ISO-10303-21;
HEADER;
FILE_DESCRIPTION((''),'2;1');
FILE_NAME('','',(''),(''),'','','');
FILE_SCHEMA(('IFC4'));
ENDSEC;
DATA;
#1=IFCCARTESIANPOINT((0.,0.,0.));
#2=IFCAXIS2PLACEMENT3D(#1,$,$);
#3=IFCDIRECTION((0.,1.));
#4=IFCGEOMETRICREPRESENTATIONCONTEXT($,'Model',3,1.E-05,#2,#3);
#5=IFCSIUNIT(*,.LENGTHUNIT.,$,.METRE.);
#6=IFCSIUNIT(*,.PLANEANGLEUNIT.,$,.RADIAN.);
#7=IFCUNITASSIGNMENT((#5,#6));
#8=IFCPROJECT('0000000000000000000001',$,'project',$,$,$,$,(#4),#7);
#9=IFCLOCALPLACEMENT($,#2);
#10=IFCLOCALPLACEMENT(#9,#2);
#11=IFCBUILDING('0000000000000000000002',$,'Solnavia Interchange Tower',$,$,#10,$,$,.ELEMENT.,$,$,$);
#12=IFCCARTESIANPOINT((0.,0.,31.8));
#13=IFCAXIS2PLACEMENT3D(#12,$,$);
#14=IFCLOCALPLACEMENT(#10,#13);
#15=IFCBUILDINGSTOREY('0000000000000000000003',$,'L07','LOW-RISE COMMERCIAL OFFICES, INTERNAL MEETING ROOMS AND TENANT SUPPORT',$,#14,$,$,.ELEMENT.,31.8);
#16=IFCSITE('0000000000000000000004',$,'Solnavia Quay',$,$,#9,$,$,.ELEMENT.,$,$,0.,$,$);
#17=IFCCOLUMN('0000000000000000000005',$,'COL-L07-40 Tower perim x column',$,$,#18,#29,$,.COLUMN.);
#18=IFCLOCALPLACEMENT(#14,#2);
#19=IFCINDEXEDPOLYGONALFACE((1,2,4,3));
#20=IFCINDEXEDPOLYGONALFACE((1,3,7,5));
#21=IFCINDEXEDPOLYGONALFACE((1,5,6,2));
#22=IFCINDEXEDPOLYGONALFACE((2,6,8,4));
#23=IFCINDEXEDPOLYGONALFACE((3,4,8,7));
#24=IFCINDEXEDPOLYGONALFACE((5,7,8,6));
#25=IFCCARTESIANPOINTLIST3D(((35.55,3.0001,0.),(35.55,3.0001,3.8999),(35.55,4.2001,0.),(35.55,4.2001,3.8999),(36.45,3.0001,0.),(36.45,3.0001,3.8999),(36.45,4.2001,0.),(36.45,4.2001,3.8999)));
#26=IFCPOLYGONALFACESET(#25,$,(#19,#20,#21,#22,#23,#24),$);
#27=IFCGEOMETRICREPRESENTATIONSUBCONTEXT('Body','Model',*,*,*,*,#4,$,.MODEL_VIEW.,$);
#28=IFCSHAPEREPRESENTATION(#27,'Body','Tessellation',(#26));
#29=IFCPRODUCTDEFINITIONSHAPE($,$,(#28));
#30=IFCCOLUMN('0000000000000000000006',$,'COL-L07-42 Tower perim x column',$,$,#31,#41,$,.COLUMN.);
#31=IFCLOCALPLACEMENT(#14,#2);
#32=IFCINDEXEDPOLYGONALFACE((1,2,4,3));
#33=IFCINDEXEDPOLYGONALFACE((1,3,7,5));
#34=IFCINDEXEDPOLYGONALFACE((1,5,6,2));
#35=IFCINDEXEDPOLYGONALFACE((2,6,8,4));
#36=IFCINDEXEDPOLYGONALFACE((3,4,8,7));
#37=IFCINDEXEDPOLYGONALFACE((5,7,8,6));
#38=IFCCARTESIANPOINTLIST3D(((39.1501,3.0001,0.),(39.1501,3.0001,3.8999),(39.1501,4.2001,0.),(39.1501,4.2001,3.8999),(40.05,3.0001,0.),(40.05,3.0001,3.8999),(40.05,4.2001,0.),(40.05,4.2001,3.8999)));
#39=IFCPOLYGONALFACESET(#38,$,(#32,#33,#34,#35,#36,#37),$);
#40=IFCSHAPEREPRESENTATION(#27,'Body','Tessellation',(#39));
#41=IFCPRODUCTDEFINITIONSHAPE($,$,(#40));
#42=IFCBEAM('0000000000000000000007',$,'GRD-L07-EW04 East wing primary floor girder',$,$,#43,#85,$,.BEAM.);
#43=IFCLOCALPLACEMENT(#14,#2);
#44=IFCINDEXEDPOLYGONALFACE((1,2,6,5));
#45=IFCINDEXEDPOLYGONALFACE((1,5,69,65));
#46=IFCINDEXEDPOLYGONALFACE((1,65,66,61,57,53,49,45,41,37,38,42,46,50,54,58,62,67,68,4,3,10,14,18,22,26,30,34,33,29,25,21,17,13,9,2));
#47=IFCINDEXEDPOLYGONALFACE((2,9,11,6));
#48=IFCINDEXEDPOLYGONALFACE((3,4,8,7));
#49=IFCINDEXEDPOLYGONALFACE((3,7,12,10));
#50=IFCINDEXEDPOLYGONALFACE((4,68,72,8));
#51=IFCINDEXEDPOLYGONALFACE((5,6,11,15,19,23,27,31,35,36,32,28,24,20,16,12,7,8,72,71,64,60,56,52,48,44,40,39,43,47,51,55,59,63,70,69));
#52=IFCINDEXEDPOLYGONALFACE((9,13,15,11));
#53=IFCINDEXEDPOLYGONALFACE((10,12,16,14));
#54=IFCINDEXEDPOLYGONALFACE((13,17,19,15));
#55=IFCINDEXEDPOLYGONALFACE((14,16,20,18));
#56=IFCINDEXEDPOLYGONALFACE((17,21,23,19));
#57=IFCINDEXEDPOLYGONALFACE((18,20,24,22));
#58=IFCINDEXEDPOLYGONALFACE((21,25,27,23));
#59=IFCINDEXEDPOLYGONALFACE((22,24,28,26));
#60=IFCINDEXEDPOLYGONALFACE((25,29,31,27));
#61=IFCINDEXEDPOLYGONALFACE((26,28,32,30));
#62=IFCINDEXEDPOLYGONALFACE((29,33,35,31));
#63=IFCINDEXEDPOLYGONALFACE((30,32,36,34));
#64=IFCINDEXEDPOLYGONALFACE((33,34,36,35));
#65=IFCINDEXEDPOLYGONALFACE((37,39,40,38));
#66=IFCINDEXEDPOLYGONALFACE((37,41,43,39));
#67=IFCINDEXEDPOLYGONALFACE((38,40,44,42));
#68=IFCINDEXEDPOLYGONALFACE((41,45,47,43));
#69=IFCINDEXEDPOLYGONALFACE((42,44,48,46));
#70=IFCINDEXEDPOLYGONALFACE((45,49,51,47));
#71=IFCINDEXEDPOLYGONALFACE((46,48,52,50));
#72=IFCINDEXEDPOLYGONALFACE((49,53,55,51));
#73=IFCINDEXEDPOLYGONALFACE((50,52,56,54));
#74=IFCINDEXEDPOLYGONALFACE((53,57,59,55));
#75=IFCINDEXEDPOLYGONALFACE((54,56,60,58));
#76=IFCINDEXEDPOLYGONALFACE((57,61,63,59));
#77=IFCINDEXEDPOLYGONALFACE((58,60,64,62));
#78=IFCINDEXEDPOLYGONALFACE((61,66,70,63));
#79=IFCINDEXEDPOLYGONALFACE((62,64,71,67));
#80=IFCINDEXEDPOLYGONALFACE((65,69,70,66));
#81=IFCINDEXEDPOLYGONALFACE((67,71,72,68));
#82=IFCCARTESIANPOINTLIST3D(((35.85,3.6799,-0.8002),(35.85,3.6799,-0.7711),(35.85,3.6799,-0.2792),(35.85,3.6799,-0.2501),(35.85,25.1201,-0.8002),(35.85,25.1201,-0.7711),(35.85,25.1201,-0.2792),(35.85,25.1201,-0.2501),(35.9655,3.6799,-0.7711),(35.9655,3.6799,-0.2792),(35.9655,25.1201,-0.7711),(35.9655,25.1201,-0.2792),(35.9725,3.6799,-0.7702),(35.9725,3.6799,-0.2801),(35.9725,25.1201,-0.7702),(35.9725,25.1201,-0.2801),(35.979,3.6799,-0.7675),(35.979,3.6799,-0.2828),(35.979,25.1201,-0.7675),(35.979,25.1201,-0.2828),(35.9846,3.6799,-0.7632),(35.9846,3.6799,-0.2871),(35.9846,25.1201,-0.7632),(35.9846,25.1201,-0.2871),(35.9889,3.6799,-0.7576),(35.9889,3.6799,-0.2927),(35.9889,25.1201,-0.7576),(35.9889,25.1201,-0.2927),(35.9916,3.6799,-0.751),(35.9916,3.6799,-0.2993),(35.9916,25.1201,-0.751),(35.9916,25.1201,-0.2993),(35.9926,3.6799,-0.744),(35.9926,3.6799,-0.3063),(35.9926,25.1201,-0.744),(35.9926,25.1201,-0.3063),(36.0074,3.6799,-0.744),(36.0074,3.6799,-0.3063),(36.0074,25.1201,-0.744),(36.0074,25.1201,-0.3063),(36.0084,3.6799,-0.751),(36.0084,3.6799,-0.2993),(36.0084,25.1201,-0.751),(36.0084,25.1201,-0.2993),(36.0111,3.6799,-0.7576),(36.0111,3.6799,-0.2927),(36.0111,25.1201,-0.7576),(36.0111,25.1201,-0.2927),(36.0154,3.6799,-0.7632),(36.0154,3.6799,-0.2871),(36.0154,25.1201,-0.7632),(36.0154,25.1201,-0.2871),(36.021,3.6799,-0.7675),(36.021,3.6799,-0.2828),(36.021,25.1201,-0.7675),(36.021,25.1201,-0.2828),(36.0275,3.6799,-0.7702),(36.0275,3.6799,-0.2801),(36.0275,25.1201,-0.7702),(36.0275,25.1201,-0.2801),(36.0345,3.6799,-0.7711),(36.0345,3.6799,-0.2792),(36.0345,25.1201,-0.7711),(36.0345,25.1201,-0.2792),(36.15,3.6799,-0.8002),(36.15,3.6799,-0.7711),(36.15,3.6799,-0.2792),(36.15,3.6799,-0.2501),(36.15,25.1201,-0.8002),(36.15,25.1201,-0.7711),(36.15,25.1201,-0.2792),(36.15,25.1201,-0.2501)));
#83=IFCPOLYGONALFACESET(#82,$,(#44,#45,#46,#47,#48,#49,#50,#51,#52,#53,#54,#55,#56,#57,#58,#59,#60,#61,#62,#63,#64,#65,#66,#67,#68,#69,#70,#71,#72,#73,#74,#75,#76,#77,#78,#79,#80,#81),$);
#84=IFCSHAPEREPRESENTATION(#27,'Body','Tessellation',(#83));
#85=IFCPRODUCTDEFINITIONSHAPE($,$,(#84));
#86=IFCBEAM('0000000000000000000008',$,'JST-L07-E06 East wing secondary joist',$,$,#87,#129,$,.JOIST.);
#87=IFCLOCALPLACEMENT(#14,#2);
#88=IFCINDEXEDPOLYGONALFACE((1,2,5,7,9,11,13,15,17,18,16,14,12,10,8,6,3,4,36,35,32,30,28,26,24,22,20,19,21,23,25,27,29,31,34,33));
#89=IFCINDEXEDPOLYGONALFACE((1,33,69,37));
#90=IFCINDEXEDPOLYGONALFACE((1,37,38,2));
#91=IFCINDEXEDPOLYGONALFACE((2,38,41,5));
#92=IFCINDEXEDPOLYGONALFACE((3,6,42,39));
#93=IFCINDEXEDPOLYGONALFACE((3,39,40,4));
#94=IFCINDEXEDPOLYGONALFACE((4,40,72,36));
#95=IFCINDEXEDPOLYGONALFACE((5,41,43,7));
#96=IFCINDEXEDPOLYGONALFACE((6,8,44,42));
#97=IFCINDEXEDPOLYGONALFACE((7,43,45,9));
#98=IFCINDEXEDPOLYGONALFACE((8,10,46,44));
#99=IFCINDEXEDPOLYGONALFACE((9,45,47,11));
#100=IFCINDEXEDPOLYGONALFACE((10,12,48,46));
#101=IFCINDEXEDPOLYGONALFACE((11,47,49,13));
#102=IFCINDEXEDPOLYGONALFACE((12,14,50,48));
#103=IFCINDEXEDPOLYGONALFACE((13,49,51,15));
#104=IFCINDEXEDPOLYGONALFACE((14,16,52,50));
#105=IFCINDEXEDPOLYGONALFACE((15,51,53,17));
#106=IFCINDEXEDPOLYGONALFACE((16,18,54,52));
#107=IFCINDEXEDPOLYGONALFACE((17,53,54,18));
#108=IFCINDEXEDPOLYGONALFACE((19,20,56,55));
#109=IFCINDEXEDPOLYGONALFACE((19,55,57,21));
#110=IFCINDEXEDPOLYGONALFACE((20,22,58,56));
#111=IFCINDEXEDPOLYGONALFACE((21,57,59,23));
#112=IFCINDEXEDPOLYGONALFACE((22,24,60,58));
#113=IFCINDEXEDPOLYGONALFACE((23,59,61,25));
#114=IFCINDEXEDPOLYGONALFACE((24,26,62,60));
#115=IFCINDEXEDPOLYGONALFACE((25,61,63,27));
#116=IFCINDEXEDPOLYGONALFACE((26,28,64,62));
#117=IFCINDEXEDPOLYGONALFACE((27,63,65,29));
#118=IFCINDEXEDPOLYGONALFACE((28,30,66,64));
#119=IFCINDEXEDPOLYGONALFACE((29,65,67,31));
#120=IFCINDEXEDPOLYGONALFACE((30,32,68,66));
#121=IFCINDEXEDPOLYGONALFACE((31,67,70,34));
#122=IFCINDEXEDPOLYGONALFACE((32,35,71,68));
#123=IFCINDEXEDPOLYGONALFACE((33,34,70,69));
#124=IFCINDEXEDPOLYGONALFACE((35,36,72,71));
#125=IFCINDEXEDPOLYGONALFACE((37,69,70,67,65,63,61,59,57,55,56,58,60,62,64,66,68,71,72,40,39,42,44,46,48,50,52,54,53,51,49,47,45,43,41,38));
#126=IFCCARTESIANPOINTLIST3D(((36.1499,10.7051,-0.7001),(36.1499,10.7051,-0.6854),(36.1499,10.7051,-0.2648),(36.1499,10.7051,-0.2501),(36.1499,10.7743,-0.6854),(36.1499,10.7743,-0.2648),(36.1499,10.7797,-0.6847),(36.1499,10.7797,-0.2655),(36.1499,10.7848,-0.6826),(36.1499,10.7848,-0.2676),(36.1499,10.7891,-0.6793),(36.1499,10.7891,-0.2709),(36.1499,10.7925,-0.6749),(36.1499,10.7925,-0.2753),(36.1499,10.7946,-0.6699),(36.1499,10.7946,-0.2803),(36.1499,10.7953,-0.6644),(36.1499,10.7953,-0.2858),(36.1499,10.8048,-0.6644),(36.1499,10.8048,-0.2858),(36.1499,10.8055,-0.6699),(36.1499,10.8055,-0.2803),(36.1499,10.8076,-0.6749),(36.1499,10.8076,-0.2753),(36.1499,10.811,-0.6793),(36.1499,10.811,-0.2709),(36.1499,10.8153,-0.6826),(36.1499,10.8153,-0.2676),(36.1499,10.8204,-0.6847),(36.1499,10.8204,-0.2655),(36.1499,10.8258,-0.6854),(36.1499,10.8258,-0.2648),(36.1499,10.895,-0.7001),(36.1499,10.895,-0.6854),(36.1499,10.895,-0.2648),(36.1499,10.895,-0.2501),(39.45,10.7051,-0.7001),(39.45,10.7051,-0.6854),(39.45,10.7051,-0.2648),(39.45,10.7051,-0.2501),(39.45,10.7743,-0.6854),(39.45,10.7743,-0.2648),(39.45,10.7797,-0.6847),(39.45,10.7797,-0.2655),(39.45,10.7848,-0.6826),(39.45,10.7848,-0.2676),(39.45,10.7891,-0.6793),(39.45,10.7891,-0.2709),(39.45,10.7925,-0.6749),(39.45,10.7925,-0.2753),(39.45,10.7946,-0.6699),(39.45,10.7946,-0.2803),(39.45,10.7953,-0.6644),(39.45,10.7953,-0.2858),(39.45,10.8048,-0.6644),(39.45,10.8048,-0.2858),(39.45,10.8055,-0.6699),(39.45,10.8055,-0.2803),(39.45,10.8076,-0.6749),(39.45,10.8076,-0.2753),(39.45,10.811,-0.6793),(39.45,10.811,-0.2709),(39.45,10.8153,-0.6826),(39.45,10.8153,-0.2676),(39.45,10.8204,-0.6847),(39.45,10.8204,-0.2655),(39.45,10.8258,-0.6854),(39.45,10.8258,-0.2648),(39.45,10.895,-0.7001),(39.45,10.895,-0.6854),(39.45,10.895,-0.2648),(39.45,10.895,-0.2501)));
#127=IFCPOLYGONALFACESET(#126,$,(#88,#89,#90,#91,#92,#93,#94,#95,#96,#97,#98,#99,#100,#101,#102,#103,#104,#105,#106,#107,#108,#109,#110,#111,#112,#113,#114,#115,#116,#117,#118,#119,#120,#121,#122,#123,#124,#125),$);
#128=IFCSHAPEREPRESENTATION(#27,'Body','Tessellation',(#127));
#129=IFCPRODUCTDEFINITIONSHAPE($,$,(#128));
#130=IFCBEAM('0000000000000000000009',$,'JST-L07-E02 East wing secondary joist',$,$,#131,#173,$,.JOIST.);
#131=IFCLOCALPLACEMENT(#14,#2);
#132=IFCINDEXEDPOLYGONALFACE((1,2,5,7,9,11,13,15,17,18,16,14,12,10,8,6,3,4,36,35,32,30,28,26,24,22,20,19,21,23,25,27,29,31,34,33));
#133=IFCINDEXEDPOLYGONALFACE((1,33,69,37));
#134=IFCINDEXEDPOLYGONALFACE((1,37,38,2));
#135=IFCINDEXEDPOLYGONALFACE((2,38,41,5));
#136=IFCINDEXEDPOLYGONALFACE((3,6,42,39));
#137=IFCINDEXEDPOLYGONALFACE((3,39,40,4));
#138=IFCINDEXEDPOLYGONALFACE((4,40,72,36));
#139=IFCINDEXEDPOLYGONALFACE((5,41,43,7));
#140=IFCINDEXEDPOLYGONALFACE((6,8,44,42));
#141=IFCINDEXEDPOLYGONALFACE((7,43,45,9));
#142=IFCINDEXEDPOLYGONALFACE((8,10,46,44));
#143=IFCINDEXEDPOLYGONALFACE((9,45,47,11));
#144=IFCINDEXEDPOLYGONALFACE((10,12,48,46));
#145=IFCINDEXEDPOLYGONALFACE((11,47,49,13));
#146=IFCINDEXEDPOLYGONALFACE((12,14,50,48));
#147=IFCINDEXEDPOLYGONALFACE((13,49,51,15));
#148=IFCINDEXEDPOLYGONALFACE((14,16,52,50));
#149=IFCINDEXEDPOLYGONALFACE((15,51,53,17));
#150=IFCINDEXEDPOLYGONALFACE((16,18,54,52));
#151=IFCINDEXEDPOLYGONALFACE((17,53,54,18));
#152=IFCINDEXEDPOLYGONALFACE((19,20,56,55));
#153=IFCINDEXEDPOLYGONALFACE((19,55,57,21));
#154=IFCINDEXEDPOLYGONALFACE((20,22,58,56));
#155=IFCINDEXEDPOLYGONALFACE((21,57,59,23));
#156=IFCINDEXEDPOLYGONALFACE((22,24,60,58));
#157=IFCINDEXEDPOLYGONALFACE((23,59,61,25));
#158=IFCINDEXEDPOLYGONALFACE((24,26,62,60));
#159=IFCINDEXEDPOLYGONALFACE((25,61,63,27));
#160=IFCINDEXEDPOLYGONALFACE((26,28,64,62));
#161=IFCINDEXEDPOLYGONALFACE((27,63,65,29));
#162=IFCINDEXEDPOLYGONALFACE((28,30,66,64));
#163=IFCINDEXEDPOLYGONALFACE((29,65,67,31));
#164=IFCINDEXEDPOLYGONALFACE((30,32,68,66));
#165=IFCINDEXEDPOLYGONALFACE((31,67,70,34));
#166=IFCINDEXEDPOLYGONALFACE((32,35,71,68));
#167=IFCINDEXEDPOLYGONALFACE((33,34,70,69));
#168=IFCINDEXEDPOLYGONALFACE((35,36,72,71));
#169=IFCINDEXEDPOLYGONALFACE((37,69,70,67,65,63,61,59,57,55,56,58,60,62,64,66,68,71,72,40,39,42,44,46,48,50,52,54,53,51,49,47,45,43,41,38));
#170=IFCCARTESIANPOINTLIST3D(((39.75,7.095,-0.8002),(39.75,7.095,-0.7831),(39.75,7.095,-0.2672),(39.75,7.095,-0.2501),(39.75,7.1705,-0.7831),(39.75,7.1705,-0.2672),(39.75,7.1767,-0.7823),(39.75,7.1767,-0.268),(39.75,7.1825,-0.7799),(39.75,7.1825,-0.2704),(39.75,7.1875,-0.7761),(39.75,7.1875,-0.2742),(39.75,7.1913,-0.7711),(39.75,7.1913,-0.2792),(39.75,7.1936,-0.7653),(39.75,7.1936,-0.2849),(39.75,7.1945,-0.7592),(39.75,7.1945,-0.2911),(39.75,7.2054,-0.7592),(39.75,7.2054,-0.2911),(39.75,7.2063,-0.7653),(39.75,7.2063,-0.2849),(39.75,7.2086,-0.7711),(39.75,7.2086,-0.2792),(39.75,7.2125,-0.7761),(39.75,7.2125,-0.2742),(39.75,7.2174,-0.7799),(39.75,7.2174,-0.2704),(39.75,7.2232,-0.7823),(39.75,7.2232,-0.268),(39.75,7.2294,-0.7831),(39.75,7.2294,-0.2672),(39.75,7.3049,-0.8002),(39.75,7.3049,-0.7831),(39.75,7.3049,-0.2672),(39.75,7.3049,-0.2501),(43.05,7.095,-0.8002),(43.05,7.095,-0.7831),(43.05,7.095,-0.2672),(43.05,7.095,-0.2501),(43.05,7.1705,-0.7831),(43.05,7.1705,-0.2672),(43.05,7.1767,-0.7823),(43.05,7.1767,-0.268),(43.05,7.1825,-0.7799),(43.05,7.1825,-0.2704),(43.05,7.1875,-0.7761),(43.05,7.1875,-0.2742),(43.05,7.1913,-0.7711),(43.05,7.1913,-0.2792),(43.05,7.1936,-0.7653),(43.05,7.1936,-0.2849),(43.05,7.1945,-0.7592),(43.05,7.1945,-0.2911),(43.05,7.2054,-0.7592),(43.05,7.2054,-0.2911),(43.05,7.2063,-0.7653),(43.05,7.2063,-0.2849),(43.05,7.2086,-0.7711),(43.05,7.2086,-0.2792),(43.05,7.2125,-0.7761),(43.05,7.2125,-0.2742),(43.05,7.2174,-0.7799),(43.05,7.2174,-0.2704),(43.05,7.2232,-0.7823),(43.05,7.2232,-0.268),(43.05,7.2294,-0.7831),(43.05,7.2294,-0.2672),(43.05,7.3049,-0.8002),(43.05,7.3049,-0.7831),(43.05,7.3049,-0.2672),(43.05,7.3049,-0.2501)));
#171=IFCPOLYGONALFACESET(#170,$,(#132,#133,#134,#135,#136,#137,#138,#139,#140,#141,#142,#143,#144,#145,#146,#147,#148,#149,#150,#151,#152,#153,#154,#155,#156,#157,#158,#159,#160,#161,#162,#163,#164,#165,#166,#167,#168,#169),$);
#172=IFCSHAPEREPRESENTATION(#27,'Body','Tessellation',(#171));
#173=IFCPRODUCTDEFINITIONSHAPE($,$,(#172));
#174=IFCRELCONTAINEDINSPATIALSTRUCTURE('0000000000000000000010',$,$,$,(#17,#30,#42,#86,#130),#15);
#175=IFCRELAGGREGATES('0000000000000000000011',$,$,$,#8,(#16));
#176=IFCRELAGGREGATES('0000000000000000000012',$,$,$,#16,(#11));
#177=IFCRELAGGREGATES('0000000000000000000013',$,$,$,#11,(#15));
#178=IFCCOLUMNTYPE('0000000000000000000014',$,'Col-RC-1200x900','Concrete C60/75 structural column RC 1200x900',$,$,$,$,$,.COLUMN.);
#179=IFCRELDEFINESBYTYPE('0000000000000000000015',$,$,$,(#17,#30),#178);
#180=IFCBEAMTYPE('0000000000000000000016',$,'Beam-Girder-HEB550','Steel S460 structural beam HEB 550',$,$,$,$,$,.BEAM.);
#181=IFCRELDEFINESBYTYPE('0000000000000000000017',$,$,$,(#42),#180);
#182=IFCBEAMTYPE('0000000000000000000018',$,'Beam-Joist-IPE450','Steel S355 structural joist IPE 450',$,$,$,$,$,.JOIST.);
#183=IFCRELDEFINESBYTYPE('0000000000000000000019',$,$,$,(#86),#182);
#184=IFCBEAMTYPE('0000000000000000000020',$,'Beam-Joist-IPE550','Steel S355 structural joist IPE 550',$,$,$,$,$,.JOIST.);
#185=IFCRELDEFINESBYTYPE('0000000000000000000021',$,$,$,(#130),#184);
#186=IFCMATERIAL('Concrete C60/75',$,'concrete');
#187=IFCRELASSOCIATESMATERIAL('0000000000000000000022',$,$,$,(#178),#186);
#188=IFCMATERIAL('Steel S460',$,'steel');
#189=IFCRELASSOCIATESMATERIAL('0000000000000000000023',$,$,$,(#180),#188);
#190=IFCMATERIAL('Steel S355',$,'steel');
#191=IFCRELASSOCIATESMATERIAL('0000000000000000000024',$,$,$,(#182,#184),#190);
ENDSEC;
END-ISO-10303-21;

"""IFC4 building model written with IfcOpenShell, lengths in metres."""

from ifc_helpers import new_model, si_unit, direction, frame, origin, origin_2d, place, context, subcontext, project, spatial, rectangle, i_section, extrude, material, material_profile, profile_set, type_object, element, save


model = new_model("IFC4")

# Units and contexts
model_context = context("Model", 3, precision=1e-05, world=origin(), true_north=direction((0.0, 1.0)))
body_context = subcontext(model_context, "Body", "Model", "MODEL_VIEW")
ifc_project = project(units=[si_unit("LENGTHUNIT", "METRE"), si_unit("PLANEANGLEUNIT", "RADIAN")], contexts=[model_context])

# Site, building, storey
site_placement = place(None, origin())
site = spatial("IfcSite", under=ifc_project, at=site_placement, Name="Solnavia Quay", CompositionType="ELEMENT", RefElevation=0.0)
building_placement = place(site_placement, origin())
building = spatial("IfcBuilding", under=site, at=building_placement, Name="Solnavia Interchange Tower", CompositionType="ELEMENT")
storey_placement = place(building_placement, frame((0.0, 0.0, 31.8)))
storey = spatial("IfcBuildingStorey", under=building, at=storey_placement, Name="L07", Description="LOW-RISE COMMERCIAL OFFICES, INTERNAL MEETING ROOMS AND TENANT SUPPORT", CompositionType="ELEMENT", Elevation=31.8)

# Columns
ifc_material_1 = material(Name="Concrete C60/75", Category="concrete")
ifc_material_profile_1 = material_profile(ifc_material_1, rectangle(XDim=0.8999, YDim=1.2, at=origin_2d()), Name="RC 1200x900")
ifc_profile_set_1 = profile_set([ifc_material_profile_1], Name="Concrete C60/75")
column_type = type_object("IfcColumnType", Name="Col-RC-1200x900", Description="Concrete C60/75 structural column RC 1200x900", PredefinedType="COLUMN", material=ifc_profile_set_1)
for number, where, z_axis, x_axis, name in (
    (1, (36.0, 3.6001, 0.0), (0.0, 0.0, 1.0), (1.0, 0.0, 0.0), "COL-L07-40 Tower perim x column"),
    (2, (39.6001, 3.6001, 0.0), (0.0, 0.0, 1.0), (1.0, 0.0, 0.0), "COL-L07-42 Tower perim x column"),
):
    element("IfcColumn", number, at=place(storey_placement, frame(where, z_axis=z_axis, x_axis=x_axis)), inside=storey, type_object=column_type, Name=name, PredefinedType="COLUMN", context=body_context, shape_type="SweptSolid", body=[
        extrude(rectangle(XDim=0.8999, YDim=1.2, at=origin_2d()), origin(), (0.0, 0.0, 1.0), 3.8999),
    ])

# Beams
ifc_material_2 = material(Name="Steel S460", Category="steel")
ifc_material_profile_2 = material_profile(ifc_material_2, i_section(OverallWidth=0.3, OverallDepth=0.55, WebThickness=0.0149, FlangeThickness=0.0291, FilletRadius=0.0271, at=origin_2d()), Name="HEB 550")
ifc_profile_set_2 = profile_set([ifc_material_profile_2], Name="Steel S460")
beam_type_1 = type_object("IfcBeamType", Name="Beam-Girder-HEB550", Description="Steel S460 structural beam HEB 550", PredefinedType="BEAM", material=ifc_profile_set_2)
beam_1_placement = place(storey_placement, frame((36.0, 3.6799, -0.5251), z_axis=(0.0, 1.0, 0.0), x_axis=(-1.0, 0.0, 0.0)))
element("IfcBeam", 3, at=beam_1_placement, inside=storey, type_object=beam_type_1, Name="GRD-L07-EW04 East wing primary floor girder", PredefinedType="BEAM", context=body_context, shape_type="SweptSolid", body=[
    extrude(i_section(OverallWidth=0.3, OverallDepth=0.55, WebThickness=0.0149, FlangeThickness=0.0291, FilletRadius=0.0271, at=origin_2d()), origin(), (0.0, 0.0, 1.0), 21.4402),
])
ifc_material_3 = material(Name="Steel S355", Category="steel")
ifc_material_profile_3 = material_profile(ifc_material_3, i_section(OverallWidth=0.1899, OverallDepth=0.45, WebThickness=0.0095, FlangeThickness=0.0146, FilletRadius=0.021, at=origin_2d()), Name="IPE 450")
ifc_profile_set_3 = profile_set([ifc_material_profile_3], Name="Steel S355")
beam_type_2 = type_object("IfcBeamType", Name="Beam-Joist-IPE450", Description="Steel S355 structural joist IPE 450", PredefinedType="JOIST", material=ifc_profile_set_3)
beam_2_placement = place(storey_placement, frame((36.1499, 10.8, -0.4751), z_axis=(1.0, 0.0, 0.0), x_axis=(0.0, 1.0, 0.0)))
element("IfcBeam", 4, at=beam_2_placement, inside=storey, type_object=beam_type_2, Name="JST-L07-E06 East wing secondary joist", PredefinedType="JOIST", context=body_context, shape_type="SweptSolid", body=[
    extrude(i_section(OverallWidth=0.1899, OverallDepth=0.45, WebThickness=0.0095, FlangeThickness=0.0146, FilletRadius=0.021, at=origin_2d()), origin(), (0.0, 0.0, 1.0), 3.3),
])
ifc_material_profile_4 = material_profile(ifc_material_3, i_section(OverallWidth=0.21, OverallDepth=0.55, WebThickness=0.011, FlangeThickness=0.0171, FilletRadius=0.0239, at=origin_2d()), Name="IPE 550")
ifc_profile_set_4 = profile_set([ifc_material_profile_4], Name="Steel S355")
beam_type_3 = type_object("IfcBeamType", Name="Beam-Joist-IPE550", Description="Steel S355 structural joist IPE 550", PredefinedType="JOIST", material=ifc_profile_set_4)
beam_3_placement = place(storey_placement, frame((39.75, 7.2, -0.5251), z_axis=(1.0, 0.0, 0.0), x_axis=(0.0, 1.0, 0.0)))
element("IfcBeam", 5, at=beam_3_placement, inside=storey, type_object=beam_type_3, Name="JST-L07-E02 East wing secondary joist", PredefinedType="JOIST", context=body_context, shape_type="SweptSolid", body=[
    extrude(i_section(OverallWidth=0.21, OverallDepth=0.55, WebThickness=0.011, FlangeThickness=0.0171, FilletRadius=0.0239, at=origin_2d()), origin(), (0.0, 0.0, 1.0), 3.3),
])

save(model, "model.ifc")
